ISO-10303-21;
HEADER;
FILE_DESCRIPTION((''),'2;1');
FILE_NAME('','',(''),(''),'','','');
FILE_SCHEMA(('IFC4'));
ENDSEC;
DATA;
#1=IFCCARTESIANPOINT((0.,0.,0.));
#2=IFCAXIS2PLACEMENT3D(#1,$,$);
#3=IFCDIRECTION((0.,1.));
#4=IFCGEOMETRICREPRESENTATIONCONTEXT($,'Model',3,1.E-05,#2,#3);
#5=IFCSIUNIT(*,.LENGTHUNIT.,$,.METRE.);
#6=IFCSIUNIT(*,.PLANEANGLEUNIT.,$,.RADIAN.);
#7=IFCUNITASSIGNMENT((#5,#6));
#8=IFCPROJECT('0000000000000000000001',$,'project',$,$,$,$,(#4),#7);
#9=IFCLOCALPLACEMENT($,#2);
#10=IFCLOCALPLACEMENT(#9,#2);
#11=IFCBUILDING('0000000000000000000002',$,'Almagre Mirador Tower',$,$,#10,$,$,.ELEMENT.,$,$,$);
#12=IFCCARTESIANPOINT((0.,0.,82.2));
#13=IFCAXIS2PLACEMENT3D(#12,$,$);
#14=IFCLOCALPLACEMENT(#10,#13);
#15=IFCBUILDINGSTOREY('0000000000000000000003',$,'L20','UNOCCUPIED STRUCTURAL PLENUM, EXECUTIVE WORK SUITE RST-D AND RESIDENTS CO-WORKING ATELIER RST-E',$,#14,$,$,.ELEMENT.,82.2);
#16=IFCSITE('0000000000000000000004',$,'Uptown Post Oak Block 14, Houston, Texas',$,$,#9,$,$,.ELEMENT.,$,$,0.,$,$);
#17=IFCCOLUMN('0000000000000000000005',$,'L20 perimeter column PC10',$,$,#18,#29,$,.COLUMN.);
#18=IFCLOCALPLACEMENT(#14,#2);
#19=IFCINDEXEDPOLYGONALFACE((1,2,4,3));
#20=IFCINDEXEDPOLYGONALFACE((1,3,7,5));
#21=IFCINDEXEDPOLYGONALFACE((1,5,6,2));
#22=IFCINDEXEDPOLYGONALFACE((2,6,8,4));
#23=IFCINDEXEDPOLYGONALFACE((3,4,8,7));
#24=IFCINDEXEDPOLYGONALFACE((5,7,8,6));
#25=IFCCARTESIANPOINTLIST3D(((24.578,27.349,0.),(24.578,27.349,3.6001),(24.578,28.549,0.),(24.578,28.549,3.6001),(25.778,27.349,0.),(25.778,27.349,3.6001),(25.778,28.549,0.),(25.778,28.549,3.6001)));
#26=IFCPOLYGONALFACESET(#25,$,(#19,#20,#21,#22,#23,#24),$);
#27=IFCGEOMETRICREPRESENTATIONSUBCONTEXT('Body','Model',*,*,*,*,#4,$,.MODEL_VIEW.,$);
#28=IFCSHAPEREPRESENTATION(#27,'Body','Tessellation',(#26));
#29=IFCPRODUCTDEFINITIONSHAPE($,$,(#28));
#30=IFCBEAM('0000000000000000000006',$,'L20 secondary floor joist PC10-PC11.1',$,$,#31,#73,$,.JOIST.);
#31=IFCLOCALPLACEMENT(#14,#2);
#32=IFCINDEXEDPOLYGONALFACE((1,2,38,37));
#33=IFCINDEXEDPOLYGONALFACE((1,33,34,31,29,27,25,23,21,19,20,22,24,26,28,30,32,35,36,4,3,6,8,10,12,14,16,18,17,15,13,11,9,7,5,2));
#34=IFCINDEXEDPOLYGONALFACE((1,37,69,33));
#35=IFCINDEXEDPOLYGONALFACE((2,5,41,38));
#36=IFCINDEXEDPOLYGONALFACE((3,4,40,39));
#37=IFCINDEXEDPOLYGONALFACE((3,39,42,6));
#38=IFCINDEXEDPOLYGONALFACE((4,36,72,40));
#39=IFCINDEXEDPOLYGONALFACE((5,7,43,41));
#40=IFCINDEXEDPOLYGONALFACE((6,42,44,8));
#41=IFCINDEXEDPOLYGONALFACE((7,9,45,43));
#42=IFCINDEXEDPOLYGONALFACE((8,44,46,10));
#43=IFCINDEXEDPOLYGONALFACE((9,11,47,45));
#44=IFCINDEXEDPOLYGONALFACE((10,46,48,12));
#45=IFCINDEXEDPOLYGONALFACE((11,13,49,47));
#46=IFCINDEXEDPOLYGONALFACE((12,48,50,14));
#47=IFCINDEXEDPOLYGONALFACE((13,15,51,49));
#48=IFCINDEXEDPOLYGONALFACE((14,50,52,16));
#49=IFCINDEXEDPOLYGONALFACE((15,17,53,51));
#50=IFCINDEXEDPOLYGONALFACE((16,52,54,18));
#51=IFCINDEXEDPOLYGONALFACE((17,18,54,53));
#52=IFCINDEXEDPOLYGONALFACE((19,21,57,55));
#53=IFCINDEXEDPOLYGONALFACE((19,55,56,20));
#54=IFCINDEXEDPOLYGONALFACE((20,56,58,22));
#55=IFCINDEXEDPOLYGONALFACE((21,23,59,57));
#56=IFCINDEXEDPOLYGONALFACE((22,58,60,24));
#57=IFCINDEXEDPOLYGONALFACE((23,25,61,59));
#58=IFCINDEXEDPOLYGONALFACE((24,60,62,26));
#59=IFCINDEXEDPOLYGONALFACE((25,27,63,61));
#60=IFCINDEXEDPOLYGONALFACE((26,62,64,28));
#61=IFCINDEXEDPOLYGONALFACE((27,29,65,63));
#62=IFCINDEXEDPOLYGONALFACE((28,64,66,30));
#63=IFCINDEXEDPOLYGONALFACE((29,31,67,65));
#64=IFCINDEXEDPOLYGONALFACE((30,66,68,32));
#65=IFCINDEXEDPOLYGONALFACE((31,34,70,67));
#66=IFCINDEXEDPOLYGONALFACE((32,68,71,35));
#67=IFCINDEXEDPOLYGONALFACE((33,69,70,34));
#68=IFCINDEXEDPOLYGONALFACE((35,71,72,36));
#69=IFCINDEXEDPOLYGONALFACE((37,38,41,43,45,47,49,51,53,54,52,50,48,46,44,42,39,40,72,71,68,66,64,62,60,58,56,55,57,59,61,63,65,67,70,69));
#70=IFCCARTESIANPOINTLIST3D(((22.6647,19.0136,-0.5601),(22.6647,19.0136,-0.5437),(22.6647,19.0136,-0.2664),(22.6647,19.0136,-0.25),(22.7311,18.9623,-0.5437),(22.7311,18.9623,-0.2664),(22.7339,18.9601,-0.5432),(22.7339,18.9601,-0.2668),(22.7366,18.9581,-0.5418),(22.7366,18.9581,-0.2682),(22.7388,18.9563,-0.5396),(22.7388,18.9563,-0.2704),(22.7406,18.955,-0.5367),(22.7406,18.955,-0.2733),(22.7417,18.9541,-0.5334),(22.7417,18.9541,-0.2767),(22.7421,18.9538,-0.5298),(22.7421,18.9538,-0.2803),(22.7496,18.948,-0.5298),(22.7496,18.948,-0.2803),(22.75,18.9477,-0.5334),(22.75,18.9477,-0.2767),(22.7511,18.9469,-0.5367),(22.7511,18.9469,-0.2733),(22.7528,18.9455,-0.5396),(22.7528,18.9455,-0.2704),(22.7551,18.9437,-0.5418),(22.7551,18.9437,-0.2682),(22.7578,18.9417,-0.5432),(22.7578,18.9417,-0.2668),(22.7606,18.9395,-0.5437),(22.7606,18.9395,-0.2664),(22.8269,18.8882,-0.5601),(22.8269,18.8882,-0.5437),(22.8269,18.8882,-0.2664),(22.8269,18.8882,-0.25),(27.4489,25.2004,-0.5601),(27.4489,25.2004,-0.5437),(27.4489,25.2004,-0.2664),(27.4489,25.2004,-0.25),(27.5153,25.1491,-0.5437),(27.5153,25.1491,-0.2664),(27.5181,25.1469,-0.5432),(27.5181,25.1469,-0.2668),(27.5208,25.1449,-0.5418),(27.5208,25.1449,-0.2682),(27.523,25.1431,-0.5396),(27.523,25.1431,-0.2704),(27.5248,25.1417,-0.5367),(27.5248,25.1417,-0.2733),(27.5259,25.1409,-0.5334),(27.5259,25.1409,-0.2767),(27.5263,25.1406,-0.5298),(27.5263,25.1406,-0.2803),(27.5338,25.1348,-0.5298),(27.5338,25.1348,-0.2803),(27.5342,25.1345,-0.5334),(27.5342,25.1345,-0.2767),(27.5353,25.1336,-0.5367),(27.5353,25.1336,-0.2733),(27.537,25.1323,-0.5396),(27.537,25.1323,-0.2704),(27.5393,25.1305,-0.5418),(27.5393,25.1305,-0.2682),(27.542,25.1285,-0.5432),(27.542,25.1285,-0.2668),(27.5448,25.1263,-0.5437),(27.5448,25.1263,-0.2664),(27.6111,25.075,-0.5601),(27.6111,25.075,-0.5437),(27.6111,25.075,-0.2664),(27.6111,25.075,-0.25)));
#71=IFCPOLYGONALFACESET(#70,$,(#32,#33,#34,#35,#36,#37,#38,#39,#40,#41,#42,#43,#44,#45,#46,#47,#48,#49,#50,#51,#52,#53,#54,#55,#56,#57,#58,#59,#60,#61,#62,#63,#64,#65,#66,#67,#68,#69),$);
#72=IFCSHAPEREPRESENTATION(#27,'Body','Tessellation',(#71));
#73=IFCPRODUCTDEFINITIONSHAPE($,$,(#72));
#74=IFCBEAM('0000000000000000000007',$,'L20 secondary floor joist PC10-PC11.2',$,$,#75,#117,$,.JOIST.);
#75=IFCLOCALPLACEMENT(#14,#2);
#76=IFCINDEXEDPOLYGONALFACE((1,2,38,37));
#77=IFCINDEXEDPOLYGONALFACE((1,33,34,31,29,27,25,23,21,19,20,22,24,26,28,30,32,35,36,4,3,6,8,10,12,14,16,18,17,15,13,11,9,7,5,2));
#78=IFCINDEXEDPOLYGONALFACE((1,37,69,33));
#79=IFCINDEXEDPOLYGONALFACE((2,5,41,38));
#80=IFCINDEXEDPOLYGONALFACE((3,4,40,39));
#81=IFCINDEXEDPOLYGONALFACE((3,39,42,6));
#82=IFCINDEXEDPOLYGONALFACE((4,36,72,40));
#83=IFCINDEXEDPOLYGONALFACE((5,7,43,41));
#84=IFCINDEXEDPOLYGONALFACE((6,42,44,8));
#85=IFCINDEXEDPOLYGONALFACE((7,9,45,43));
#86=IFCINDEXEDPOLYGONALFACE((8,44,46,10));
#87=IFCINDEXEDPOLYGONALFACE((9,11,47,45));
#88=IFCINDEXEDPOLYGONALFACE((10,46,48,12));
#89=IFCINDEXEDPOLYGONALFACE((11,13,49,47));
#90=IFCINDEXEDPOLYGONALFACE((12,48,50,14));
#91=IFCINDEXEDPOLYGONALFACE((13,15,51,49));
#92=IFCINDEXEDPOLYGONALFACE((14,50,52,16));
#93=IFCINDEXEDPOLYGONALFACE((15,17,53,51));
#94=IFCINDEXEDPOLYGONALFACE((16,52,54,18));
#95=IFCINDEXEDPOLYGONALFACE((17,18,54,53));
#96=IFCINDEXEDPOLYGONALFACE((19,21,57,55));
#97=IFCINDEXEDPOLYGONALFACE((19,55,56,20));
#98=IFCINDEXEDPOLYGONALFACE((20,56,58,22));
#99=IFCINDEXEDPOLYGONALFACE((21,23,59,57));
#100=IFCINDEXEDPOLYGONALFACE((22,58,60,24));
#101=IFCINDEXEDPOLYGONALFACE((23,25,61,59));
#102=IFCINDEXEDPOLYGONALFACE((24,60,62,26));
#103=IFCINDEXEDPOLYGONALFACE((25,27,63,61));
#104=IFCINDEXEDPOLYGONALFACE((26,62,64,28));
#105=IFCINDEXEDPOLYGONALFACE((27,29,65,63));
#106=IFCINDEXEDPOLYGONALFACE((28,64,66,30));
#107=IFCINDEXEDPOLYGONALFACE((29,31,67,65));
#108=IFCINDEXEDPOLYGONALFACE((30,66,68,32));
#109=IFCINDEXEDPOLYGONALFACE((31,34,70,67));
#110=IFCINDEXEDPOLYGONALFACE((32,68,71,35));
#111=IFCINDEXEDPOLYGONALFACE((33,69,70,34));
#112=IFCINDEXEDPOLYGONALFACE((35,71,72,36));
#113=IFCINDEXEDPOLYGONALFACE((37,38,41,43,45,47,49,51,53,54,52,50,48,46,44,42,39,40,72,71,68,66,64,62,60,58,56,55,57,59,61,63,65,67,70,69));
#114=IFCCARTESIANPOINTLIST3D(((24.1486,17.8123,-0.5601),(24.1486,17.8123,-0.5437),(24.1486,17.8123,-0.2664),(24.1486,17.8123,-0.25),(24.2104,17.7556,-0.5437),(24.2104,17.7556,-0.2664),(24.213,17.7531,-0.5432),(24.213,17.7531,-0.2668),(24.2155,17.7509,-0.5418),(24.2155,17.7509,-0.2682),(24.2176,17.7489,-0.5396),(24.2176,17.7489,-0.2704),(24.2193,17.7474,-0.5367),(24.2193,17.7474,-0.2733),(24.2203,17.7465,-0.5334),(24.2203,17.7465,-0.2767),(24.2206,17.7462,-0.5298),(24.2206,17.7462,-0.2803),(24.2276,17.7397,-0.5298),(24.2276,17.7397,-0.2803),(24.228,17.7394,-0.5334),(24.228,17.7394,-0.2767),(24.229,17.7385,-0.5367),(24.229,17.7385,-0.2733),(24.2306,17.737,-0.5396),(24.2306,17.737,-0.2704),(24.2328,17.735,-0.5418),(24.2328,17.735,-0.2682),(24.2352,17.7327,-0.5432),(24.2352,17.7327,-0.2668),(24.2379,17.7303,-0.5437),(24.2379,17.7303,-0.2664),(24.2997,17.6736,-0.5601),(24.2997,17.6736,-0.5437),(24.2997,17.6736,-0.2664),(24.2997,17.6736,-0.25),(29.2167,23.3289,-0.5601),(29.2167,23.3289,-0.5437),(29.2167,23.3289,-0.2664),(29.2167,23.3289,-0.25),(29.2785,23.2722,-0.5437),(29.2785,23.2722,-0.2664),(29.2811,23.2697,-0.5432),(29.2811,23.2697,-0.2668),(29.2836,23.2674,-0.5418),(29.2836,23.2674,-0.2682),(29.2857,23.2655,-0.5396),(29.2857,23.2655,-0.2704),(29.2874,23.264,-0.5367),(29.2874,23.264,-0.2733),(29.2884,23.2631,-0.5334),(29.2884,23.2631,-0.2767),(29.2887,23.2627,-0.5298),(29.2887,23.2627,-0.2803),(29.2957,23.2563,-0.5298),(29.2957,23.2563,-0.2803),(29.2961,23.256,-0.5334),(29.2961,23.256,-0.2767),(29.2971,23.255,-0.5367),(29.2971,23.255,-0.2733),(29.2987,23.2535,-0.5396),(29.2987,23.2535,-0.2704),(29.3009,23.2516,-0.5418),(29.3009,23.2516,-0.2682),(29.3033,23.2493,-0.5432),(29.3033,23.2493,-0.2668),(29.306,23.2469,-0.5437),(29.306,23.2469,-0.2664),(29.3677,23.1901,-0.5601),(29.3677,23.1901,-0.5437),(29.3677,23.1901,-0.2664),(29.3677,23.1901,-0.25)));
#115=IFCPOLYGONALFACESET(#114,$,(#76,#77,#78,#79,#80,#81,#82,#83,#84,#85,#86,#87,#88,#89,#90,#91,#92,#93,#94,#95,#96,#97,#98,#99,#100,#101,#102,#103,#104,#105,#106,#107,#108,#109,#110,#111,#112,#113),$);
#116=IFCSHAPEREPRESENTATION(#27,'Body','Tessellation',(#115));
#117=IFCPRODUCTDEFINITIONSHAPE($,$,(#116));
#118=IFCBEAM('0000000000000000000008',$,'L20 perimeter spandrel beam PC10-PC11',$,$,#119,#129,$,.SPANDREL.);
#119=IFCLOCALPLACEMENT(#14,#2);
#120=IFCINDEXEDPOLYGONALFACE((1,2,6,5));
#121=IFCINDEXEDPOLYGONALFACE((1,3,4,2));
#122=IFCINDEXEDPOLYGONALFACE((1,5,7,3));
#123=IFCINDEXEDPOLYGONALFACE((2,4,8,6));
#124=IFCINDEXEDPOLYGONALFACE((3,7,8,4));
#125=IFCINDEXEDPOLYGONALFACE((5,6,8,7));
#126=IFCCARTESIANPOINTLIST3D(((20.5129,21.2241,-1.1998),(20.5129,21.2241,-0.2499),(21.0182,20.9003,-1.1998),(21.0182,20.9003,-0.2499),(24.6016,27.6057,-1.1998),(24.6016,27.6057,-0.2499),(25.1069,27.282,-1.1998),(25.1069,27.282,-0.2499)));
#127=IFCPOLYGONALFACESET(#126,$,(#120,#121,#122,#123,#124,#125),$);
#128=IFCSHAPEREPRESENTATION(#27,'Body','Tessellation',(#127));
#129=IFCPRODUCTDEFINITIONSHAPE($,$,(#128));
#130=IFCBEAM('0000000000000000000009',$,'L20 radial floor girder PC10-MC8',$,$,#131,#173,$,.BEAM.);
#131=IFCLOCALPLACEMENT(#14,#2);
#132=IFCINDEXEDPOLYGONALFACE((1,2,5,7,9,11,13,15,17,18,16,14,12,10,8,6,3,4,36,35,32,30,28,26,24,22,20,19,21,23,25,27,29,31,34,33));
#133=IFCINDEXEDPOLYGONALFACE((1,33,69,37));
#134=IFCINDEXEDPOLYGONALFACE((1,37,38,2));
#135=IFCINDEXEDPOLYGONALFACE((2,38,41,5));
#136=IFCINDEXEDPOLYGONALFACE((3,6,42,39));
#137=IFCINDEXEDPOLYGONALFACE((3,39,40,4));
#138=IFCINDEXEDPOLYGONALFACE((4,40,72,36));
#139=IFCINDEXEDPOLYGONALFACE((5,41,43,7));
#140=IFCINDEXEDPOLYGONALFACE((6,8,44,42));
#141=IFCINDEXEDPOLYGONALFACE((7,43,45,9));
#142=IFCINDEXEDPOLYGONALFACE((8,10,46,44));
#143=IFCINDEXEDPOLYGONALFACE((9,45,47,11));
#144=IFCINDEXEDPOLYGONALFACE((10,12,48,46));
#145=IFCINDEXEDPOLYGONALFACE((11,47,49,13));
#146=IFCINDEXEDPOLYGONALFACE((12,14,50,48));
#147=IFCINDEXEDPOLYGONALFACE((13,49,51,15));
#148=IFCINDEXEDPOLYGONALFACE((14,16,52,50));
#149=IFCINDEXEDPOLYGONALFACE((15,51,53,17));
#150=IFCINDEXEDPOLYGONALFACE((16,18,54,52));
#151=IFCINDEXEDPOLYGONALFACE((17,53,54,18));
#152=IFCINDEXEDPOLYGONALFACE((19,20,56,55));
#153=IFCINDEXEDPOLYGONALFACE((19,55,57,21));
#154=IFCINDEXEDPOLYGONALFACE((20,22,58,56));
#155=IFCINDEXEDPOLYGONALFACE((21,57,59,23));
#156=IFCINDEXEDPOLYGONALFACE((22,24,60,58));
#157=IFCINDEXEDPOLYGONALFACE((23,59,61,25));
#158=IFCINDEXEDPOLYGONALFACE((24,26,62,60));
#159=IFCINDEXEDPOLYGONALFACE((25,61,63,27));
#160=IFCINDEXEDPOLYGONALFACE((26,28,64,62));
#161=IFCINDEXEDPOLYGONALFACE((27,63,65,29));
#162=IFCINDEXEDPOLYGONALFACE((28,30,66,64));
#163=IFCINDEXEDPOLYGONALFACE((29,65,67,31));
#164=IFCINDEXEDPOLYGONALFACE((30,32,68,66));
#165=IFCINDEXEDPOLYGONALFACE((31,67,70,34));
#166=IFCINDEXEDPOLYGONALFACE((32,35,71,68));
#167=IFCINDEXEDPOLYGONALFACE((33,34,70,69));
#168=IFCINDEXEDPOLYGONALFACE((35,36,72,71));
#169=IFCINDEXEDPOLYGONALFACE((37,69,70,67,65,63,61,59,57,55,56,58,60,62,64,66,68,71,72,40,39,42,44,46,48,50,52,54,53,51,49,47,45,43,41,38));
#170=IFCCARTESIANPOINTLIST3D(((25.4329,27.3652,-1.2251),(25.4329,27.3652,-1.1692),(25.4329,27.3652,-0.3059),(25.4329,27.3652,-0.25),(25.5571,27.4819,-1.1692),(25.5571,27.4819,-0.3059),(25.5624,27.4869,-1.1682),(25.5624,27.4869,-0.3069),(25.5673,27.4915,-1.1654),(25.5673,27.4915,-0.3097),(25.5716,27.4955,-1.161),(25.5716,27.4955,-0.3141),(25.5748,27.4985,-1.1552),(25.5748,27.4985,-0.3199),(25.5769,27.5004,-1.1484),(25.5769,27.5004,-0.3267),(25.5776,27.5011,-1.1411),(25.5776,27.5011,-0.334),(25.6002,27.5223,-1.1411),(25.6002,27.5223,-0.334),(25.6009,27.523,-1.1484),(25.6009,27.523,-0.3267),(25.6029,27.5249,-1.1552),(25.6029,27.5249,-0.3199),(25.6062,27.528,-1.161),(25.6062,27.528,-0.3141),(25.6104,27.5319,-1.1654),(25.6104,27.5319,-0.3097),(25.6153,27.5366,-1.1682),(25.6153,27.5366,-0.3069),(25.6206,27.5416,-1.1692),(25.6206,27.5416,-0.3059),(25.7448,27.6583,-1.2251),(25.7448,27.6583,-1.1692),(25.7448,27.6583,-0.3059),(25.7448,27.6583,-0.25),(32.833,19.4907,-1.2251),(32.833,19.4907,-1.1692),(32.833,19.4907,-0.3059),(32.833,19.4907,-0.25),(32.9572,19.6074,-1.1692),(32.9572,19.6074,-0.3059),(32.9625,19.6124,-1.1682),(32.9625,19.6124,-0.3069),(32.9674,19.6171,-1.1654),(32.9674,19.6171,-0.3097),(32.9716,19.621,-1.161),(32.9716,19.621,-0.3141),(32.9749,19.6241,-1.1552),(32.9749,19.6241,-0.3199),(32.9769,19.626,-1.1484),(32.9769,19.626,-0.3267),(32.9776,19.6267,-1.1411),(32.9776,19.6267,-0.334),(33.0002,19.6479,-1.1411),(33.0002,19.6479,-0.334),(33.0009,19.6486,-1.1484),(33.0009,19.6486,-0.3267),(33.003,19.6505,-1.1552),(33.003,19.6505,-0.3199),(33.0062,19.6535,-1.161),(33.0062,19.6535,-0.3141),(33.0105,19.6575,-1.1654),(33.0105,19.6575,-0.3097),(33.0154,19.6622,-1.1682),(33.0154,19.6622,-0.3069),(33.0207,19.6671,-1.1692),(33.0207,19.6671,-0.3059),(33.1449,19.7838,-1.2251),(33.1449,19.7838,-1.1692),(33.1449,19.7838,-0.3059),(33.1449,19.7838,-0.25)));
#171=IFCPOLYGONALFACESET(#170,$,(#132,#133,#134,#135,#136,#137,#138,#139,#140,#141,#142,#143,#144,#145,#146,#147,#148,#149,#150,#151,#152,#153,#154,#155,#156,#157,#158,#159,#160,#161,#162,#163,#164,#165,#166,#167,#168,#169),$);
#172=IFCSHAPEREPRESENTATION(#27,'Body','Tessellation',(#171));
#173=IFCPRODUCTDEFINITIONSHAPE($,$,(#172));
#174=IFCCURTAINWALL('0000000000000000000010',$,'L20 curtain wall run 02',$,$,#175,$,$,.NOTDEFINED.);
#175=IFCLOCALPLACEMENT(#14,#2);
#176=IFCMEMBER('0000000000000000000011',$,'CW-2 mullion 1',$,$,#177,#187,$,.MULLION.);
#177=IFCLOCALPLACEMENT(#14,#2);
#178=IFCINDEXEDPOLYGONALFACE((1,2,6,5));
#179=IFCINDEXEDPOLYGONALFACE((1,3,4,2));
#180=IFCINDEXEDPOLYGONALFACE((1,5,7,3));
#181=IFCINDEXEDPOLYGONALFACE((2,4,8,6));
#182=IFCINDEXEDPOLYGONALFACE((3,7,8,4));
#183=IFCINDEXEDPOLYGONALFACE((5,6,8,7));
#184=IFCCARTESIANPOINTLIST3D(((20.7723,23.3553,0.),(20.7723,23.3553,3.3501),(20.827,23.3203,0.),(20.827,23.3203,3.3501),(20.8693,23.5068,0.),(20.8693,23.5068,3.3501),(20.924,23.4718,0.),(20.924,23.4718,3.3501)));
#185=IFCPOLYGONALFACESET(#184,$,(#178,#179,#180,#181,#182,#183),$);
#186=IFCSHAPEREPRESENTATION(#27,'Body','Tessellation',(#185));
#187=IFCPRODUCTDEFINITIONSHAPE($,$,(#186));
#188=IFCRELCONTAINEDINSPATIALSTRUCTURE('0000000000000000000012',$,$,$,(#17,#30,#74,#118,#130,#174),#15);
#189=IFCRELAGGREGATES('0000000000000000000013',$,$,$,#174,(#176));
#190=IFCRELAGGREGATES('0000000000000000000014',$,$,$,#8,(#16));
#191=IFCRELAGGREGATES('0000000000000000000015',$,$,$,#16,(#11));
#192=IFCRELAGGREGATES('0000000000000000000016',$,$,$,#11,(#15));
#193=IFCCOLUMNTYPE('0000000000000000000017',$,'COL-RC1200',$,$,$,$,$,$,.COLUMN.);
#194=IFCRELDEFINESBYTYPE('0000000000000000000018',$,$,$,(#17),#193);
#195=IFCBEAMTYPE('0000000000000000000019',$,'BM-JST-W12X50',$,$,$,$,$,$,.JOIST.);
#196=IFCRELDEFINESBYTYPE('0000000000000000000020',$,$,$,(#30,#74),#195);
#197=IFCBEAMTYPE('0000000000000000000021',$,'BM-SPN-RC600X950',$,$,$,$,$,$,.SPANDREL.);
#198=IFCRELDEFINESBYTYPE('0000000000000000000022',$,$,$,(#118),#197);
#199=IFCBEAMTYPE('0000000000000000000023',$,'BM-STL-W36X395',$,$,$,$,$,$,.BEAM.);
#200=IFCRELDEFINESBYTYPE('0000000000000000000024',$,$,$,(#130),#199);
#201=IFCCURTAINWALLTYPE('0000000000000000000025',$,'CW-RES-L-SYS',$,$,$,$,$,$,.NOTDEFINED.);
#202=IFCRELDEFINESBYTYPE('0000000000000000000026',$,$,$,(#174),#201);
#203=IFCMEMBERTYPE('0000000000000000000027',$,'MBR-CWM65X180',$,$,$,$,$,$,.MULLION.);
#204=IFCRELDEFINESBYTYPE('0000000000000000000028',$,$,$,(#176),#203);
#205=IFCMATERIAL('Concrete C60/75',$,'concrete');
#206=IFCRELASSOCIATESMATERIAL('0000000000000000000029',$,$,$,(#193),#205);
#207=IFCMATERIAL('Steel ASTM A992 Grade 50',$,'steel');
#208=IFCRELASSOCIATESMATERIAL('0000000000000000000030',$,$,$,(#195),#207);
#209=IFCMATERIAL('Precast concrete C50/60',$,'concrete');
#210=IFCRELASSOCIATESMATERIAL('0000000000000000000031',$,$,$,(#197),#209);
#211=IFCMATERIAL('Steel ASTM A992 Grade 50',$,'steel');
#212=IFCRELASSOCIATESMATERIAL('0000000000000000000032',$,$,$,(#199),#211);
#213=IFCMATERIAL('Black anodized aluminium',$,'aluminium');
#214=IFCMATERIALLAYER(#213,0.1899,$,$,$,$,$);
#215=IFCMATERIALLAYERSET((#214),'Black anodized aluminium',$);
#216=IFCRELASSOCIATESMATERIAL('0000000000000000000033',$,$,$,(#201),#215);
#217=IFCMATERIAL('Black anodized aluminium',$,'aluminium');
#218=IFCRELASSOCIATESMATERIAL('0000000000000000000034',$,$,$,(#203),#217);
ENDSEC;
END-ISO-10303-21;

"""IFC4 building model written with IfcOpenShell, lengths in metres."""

from ifc_helpers import new_model, si_unit, direction, frame, origin, origin_2d, place, context, subcontext, project, spatial, rectangle, i_section, extrude, material, layer, layer_set, material_profile, profile_set, type_object, element, aggregate, save


model = new_model("IFC4")

# Units and contexts
model_context = context("Model", 3, precision=1e-05, world=origin(), true_north=direction((0.0, 1.0)))
body_context = subcontext(model_context, "Body", "Model", "MODEL_VIEW")
ifc_project = project(units=[si_unit("LENGTHUNIT", "METRE"), si_unit("PLANEANGLEUNIT", "RADIAN")], contexts=[model_context])

# Site, building, storey
site_placement = place(None, origin())
site = spatial("IfcSite", under=ifc_project, at=site_placement, Name="Uptown Post Oak Block 14, Houston, Texas", CompositionType="ELEMENT", RefElevation=0.0)
building_placement = place(site_placement, origin())
building = spatial("IfcBuilding", under=site, at=building_placement, Name="Almagre Mirador Tower", CompositionType="ELEMENT")
storey_placement = place(building_placement, frame((0.0, 0.0, 82.2)))
storey = spatial("IfcBuildingStorey", under=building, at=storey_placement, Name="L20", Description="UNOCCUPIED STRUCTURAL PLENUM, EXECUTIVE WORK SUITE RST-D AND RESIDENTS CO-WORKING ATELIER RST-E", CompositionType="ELEMENT", Elevation=82.2)

# Column
ifc_material_1 = material(Name="Concrete C60/75", Category="concrete")
ifc_material_profile_1 = material_profile(ifc_material_1, rectangle(XDim=1.2, YDim=1.2, at=origin_2d()), Name="RC1200X1200")
ifc_profile_set_1 = profile_set([ifc_material_profile_1], Name="Concrete C60/75")
column_type = type_object("IfcColumnType", Name="COL-RC1200", PredefinedType="COLUMN", material=ifc_profile_set_1)
column_placement = place(storey_placement, frame((25.178, 27.949, 0.0), z_axis=(0.0, 0.0, 1.0), x_axis=(1.0, 0.0, 0.0)))
element("IfcColumn", 1, at=column_placement, inside=storey, type_object=column_type, Name="L20 perimeter column PC10", PredefinedType="COLUMN", context=body_context, shape_type="SweptSolid", body=[
    extrude(rectangle(XDim=1.2, YDim=1.2, at=origin_2d()), origin(), (0.0, 0.0, 1.0), 3.6001),
])

# Beams
ifc_material_2 = material(Name="Steel ASTM A992 Grade 50", Category="steel")
ifc_material_profile_2 = material_profile(ifc_material_2, i_section(OverallWidth=0.2051, OverallDepth=0.3101, WebThickness=0.0095, FlangeThickness=0.0164, FilletRadius=0.0139, at=origin_2d()), Name="W12X50")
ifc_profile_set_2 = profile_set([ifc_material_profile_2], Name="Steel ASTM A992 Grade 50")
beam_type_1 = type_object("IfcBeamType", Name="BM-JST-W12X50", PredefinedType="JOIST", material=ifc_profile_set_2)
beam_1_placement = place(storey_placement, frame((27.53, 25.1377, -0.405), z_axis=(-0.611727, -0.791069, 0.0), x_axis=(0.791069, -0.611727, 0.0)))
element("IfcBeam", 2, at=beam_1_placement, inside=storey, type_object=beam_type_1, Name="L20 secondary floor joist PC10-PC11.1", PredefinedType="JOIST", context=body_context, shape_type="SweptSolid", body=[
    extrude(i_section(OverallWidth=0.2051, OverallDepth=0.3101, WebThickness=0.0095, FlangeThickness=0.0164, FilletRadius=0.0139, at=origin_2d()), origin(), (0.0, 0.0, 1.0), 7.8208),
])
beam_2_placement = place(storey_placement, frame((29.2922, 23.2595, -0.405), z_axis=(-0.676539, -0.736407, 0.0), x_axis=(0.736407, -0.676539, 0.0)))
element("IfcBeam", 3, at=beam_2_placement, inside=storey, type_object=beam_type_1, Name="L20 secondary floor joist PC10-PC11.2", PredefinedType="JOIST", context=body_context, shape_type="SweptSolid", body=[
    extrude(i_section(OverallWidth=0.2051, OverallDepth=0.3101, WebThickness=0.0095, FlangeThickness=0.0164, FilletRadius=0.0139, at=origin_2d()), origin(), (0.0, 0.0, 1.0), 7.4912),
])
ifc_material_3 = material(Name="Precast concrete C50/60", Category="concrete")
ifc_material_profile_3 = material_profile(ifc_material_3, rectangle(XDim=0.6001, YDim=0.95, at=origin_2d()), Name="RC600X950")
ifc_profile_set_3 = profile_set([ifc_material_profile_3], Name="Precast concrete C50/60")
beam_type_2 = type_object("IfcBeamType", Name="BM-SPN-RC600X950", PredefinedType="SPANDREL", material=ifc_profile_set_3)
beam_3_placement = place(storey_placement, frame((24.8542, 27.4438, -0.7249), z_axis=(-0.539466, -0.842007, 0.0), x_axis=(0.842007, -0.539466, 0.0)))
element("IfcBeam", 4, at=beam_3_placement, inside=storey, type_object=beam_type_2, Name="L20 perimeter spandrel beam PC10-PC11", PredefinedType="SPANDREL", context=body_context, shape_type="SweptSolid", body=[
    extrude(rectangle(XDim=0.6001, YDim=0.95, at=origin_2d()), origin(), (0.0, 0.0, 1.0), 7.5791),
])
ifc_material_4 = material(Name="Steel ASTM A992 Grade 50", Category="steel")
ifc_material_profile_4 = material_profile(ifc_material_4, i_section(OverallWidth=0.428, OverallDepth=0.9751, WebThickness=0.031, FlangeThickness=0.0559, FilletRadius=0.0281, at=origin_2d()), Name="W36X395")
ifc_profile_set_4 = profile_set([ifc_material_profile_4], Name="Steel ASTM A992 Grade 50")
beam_type_3 = type_object("IfcBeamType", Name="BM-STL-W36X395", PredefinedType="BEAM", material=ifc_profile_set_4)
beam_4_placement = place(storey_placement, frame((25.5889, 27.5117, -0.7375), z_axis=(0.684817, -0.728715, 0.0), x_axis=(0.728715, 0.684817, 0.0)))
element("IfcBeam", 5, at=beam_4_placement, inside=storey, type_object=beam_type_3, Name="L20 radial floor girder PC10-MC8", PredefinedType="BEAM", context=body_context, shape_type="SweptSolid", body=[
    extrude(i_section(OverallWidth=0.428, OverallDepth=0.9751, WebThickness=0.031, FlangeThickness=0.0559, FilletRadius=0.0281, at=origin_2d()), origin(), (0.0, 0.0, 1.0), 10.8059),
])

# Curtain wall, member
ifc_material_5 = material(Name="Black anodized aluminium", Category="aluminium")
ifc_layer_1 = layer(ifc_material_5, 0.1899)
ifc_layer_set_1 = layer_set([ifc_layer_1], Name="Black anodized aluminium")
curtain_wall_type = type_object("IfcCurtainWallType", Name="CW-RES-L-SYS", PredefinedType="NOTDEFINED", material=ifc_layer_set_1)
curtain_wall_placement = place(storey_placement, origin())
curtain_wall = element("IfcCurtainWall", 6, at=curtain_wall_placement, inside=storey, type_object=curtain_wall_type, Name="L20 curtain wall run 02", PredefinedType="NOTDEFINED")
ifc_material_6 = material(Name="Black anodized aluminium", Category="aluminium")
ifc_material_profile_5 = material_profile(ifc_material_6, rectangle(XDim=0.0649, YDim=0.1799, at=origin_2d()), Name="CWM65X180")
ifc_profile_set_5 = profile_set([ifc_material_profile_5], Name="Black anodized aluminium")
member_type_1 = type_object("IfcMemberType", Name="MBR-CWM65X180", PredefinedType="MULLION", material=ifc_profile_set_5)
member_1_placement = place(storey_placement, frame((20.8481, 23.4136, 0.0), z_axis=(0.0, 0.0, 1.0), x_axis=(-0.842015, 0.539455, 0.0)))
member_1 = element("IfcMember", 7, at=member_1_placement, type_object=member_type_1, Name="CW-2 mullion 1", PredefinedType="MULLION", context=body_context, shape_type="SweptSolid", body=[
    extrude(rectangle(XDim=0.0649, YDim=0.1799, at=origin_2d()), origin(), (0.0, 0.0, 1.0), 3.3501),
])
aggregate(curtain_wall, [member_1])

save(model, "model.ifc")
